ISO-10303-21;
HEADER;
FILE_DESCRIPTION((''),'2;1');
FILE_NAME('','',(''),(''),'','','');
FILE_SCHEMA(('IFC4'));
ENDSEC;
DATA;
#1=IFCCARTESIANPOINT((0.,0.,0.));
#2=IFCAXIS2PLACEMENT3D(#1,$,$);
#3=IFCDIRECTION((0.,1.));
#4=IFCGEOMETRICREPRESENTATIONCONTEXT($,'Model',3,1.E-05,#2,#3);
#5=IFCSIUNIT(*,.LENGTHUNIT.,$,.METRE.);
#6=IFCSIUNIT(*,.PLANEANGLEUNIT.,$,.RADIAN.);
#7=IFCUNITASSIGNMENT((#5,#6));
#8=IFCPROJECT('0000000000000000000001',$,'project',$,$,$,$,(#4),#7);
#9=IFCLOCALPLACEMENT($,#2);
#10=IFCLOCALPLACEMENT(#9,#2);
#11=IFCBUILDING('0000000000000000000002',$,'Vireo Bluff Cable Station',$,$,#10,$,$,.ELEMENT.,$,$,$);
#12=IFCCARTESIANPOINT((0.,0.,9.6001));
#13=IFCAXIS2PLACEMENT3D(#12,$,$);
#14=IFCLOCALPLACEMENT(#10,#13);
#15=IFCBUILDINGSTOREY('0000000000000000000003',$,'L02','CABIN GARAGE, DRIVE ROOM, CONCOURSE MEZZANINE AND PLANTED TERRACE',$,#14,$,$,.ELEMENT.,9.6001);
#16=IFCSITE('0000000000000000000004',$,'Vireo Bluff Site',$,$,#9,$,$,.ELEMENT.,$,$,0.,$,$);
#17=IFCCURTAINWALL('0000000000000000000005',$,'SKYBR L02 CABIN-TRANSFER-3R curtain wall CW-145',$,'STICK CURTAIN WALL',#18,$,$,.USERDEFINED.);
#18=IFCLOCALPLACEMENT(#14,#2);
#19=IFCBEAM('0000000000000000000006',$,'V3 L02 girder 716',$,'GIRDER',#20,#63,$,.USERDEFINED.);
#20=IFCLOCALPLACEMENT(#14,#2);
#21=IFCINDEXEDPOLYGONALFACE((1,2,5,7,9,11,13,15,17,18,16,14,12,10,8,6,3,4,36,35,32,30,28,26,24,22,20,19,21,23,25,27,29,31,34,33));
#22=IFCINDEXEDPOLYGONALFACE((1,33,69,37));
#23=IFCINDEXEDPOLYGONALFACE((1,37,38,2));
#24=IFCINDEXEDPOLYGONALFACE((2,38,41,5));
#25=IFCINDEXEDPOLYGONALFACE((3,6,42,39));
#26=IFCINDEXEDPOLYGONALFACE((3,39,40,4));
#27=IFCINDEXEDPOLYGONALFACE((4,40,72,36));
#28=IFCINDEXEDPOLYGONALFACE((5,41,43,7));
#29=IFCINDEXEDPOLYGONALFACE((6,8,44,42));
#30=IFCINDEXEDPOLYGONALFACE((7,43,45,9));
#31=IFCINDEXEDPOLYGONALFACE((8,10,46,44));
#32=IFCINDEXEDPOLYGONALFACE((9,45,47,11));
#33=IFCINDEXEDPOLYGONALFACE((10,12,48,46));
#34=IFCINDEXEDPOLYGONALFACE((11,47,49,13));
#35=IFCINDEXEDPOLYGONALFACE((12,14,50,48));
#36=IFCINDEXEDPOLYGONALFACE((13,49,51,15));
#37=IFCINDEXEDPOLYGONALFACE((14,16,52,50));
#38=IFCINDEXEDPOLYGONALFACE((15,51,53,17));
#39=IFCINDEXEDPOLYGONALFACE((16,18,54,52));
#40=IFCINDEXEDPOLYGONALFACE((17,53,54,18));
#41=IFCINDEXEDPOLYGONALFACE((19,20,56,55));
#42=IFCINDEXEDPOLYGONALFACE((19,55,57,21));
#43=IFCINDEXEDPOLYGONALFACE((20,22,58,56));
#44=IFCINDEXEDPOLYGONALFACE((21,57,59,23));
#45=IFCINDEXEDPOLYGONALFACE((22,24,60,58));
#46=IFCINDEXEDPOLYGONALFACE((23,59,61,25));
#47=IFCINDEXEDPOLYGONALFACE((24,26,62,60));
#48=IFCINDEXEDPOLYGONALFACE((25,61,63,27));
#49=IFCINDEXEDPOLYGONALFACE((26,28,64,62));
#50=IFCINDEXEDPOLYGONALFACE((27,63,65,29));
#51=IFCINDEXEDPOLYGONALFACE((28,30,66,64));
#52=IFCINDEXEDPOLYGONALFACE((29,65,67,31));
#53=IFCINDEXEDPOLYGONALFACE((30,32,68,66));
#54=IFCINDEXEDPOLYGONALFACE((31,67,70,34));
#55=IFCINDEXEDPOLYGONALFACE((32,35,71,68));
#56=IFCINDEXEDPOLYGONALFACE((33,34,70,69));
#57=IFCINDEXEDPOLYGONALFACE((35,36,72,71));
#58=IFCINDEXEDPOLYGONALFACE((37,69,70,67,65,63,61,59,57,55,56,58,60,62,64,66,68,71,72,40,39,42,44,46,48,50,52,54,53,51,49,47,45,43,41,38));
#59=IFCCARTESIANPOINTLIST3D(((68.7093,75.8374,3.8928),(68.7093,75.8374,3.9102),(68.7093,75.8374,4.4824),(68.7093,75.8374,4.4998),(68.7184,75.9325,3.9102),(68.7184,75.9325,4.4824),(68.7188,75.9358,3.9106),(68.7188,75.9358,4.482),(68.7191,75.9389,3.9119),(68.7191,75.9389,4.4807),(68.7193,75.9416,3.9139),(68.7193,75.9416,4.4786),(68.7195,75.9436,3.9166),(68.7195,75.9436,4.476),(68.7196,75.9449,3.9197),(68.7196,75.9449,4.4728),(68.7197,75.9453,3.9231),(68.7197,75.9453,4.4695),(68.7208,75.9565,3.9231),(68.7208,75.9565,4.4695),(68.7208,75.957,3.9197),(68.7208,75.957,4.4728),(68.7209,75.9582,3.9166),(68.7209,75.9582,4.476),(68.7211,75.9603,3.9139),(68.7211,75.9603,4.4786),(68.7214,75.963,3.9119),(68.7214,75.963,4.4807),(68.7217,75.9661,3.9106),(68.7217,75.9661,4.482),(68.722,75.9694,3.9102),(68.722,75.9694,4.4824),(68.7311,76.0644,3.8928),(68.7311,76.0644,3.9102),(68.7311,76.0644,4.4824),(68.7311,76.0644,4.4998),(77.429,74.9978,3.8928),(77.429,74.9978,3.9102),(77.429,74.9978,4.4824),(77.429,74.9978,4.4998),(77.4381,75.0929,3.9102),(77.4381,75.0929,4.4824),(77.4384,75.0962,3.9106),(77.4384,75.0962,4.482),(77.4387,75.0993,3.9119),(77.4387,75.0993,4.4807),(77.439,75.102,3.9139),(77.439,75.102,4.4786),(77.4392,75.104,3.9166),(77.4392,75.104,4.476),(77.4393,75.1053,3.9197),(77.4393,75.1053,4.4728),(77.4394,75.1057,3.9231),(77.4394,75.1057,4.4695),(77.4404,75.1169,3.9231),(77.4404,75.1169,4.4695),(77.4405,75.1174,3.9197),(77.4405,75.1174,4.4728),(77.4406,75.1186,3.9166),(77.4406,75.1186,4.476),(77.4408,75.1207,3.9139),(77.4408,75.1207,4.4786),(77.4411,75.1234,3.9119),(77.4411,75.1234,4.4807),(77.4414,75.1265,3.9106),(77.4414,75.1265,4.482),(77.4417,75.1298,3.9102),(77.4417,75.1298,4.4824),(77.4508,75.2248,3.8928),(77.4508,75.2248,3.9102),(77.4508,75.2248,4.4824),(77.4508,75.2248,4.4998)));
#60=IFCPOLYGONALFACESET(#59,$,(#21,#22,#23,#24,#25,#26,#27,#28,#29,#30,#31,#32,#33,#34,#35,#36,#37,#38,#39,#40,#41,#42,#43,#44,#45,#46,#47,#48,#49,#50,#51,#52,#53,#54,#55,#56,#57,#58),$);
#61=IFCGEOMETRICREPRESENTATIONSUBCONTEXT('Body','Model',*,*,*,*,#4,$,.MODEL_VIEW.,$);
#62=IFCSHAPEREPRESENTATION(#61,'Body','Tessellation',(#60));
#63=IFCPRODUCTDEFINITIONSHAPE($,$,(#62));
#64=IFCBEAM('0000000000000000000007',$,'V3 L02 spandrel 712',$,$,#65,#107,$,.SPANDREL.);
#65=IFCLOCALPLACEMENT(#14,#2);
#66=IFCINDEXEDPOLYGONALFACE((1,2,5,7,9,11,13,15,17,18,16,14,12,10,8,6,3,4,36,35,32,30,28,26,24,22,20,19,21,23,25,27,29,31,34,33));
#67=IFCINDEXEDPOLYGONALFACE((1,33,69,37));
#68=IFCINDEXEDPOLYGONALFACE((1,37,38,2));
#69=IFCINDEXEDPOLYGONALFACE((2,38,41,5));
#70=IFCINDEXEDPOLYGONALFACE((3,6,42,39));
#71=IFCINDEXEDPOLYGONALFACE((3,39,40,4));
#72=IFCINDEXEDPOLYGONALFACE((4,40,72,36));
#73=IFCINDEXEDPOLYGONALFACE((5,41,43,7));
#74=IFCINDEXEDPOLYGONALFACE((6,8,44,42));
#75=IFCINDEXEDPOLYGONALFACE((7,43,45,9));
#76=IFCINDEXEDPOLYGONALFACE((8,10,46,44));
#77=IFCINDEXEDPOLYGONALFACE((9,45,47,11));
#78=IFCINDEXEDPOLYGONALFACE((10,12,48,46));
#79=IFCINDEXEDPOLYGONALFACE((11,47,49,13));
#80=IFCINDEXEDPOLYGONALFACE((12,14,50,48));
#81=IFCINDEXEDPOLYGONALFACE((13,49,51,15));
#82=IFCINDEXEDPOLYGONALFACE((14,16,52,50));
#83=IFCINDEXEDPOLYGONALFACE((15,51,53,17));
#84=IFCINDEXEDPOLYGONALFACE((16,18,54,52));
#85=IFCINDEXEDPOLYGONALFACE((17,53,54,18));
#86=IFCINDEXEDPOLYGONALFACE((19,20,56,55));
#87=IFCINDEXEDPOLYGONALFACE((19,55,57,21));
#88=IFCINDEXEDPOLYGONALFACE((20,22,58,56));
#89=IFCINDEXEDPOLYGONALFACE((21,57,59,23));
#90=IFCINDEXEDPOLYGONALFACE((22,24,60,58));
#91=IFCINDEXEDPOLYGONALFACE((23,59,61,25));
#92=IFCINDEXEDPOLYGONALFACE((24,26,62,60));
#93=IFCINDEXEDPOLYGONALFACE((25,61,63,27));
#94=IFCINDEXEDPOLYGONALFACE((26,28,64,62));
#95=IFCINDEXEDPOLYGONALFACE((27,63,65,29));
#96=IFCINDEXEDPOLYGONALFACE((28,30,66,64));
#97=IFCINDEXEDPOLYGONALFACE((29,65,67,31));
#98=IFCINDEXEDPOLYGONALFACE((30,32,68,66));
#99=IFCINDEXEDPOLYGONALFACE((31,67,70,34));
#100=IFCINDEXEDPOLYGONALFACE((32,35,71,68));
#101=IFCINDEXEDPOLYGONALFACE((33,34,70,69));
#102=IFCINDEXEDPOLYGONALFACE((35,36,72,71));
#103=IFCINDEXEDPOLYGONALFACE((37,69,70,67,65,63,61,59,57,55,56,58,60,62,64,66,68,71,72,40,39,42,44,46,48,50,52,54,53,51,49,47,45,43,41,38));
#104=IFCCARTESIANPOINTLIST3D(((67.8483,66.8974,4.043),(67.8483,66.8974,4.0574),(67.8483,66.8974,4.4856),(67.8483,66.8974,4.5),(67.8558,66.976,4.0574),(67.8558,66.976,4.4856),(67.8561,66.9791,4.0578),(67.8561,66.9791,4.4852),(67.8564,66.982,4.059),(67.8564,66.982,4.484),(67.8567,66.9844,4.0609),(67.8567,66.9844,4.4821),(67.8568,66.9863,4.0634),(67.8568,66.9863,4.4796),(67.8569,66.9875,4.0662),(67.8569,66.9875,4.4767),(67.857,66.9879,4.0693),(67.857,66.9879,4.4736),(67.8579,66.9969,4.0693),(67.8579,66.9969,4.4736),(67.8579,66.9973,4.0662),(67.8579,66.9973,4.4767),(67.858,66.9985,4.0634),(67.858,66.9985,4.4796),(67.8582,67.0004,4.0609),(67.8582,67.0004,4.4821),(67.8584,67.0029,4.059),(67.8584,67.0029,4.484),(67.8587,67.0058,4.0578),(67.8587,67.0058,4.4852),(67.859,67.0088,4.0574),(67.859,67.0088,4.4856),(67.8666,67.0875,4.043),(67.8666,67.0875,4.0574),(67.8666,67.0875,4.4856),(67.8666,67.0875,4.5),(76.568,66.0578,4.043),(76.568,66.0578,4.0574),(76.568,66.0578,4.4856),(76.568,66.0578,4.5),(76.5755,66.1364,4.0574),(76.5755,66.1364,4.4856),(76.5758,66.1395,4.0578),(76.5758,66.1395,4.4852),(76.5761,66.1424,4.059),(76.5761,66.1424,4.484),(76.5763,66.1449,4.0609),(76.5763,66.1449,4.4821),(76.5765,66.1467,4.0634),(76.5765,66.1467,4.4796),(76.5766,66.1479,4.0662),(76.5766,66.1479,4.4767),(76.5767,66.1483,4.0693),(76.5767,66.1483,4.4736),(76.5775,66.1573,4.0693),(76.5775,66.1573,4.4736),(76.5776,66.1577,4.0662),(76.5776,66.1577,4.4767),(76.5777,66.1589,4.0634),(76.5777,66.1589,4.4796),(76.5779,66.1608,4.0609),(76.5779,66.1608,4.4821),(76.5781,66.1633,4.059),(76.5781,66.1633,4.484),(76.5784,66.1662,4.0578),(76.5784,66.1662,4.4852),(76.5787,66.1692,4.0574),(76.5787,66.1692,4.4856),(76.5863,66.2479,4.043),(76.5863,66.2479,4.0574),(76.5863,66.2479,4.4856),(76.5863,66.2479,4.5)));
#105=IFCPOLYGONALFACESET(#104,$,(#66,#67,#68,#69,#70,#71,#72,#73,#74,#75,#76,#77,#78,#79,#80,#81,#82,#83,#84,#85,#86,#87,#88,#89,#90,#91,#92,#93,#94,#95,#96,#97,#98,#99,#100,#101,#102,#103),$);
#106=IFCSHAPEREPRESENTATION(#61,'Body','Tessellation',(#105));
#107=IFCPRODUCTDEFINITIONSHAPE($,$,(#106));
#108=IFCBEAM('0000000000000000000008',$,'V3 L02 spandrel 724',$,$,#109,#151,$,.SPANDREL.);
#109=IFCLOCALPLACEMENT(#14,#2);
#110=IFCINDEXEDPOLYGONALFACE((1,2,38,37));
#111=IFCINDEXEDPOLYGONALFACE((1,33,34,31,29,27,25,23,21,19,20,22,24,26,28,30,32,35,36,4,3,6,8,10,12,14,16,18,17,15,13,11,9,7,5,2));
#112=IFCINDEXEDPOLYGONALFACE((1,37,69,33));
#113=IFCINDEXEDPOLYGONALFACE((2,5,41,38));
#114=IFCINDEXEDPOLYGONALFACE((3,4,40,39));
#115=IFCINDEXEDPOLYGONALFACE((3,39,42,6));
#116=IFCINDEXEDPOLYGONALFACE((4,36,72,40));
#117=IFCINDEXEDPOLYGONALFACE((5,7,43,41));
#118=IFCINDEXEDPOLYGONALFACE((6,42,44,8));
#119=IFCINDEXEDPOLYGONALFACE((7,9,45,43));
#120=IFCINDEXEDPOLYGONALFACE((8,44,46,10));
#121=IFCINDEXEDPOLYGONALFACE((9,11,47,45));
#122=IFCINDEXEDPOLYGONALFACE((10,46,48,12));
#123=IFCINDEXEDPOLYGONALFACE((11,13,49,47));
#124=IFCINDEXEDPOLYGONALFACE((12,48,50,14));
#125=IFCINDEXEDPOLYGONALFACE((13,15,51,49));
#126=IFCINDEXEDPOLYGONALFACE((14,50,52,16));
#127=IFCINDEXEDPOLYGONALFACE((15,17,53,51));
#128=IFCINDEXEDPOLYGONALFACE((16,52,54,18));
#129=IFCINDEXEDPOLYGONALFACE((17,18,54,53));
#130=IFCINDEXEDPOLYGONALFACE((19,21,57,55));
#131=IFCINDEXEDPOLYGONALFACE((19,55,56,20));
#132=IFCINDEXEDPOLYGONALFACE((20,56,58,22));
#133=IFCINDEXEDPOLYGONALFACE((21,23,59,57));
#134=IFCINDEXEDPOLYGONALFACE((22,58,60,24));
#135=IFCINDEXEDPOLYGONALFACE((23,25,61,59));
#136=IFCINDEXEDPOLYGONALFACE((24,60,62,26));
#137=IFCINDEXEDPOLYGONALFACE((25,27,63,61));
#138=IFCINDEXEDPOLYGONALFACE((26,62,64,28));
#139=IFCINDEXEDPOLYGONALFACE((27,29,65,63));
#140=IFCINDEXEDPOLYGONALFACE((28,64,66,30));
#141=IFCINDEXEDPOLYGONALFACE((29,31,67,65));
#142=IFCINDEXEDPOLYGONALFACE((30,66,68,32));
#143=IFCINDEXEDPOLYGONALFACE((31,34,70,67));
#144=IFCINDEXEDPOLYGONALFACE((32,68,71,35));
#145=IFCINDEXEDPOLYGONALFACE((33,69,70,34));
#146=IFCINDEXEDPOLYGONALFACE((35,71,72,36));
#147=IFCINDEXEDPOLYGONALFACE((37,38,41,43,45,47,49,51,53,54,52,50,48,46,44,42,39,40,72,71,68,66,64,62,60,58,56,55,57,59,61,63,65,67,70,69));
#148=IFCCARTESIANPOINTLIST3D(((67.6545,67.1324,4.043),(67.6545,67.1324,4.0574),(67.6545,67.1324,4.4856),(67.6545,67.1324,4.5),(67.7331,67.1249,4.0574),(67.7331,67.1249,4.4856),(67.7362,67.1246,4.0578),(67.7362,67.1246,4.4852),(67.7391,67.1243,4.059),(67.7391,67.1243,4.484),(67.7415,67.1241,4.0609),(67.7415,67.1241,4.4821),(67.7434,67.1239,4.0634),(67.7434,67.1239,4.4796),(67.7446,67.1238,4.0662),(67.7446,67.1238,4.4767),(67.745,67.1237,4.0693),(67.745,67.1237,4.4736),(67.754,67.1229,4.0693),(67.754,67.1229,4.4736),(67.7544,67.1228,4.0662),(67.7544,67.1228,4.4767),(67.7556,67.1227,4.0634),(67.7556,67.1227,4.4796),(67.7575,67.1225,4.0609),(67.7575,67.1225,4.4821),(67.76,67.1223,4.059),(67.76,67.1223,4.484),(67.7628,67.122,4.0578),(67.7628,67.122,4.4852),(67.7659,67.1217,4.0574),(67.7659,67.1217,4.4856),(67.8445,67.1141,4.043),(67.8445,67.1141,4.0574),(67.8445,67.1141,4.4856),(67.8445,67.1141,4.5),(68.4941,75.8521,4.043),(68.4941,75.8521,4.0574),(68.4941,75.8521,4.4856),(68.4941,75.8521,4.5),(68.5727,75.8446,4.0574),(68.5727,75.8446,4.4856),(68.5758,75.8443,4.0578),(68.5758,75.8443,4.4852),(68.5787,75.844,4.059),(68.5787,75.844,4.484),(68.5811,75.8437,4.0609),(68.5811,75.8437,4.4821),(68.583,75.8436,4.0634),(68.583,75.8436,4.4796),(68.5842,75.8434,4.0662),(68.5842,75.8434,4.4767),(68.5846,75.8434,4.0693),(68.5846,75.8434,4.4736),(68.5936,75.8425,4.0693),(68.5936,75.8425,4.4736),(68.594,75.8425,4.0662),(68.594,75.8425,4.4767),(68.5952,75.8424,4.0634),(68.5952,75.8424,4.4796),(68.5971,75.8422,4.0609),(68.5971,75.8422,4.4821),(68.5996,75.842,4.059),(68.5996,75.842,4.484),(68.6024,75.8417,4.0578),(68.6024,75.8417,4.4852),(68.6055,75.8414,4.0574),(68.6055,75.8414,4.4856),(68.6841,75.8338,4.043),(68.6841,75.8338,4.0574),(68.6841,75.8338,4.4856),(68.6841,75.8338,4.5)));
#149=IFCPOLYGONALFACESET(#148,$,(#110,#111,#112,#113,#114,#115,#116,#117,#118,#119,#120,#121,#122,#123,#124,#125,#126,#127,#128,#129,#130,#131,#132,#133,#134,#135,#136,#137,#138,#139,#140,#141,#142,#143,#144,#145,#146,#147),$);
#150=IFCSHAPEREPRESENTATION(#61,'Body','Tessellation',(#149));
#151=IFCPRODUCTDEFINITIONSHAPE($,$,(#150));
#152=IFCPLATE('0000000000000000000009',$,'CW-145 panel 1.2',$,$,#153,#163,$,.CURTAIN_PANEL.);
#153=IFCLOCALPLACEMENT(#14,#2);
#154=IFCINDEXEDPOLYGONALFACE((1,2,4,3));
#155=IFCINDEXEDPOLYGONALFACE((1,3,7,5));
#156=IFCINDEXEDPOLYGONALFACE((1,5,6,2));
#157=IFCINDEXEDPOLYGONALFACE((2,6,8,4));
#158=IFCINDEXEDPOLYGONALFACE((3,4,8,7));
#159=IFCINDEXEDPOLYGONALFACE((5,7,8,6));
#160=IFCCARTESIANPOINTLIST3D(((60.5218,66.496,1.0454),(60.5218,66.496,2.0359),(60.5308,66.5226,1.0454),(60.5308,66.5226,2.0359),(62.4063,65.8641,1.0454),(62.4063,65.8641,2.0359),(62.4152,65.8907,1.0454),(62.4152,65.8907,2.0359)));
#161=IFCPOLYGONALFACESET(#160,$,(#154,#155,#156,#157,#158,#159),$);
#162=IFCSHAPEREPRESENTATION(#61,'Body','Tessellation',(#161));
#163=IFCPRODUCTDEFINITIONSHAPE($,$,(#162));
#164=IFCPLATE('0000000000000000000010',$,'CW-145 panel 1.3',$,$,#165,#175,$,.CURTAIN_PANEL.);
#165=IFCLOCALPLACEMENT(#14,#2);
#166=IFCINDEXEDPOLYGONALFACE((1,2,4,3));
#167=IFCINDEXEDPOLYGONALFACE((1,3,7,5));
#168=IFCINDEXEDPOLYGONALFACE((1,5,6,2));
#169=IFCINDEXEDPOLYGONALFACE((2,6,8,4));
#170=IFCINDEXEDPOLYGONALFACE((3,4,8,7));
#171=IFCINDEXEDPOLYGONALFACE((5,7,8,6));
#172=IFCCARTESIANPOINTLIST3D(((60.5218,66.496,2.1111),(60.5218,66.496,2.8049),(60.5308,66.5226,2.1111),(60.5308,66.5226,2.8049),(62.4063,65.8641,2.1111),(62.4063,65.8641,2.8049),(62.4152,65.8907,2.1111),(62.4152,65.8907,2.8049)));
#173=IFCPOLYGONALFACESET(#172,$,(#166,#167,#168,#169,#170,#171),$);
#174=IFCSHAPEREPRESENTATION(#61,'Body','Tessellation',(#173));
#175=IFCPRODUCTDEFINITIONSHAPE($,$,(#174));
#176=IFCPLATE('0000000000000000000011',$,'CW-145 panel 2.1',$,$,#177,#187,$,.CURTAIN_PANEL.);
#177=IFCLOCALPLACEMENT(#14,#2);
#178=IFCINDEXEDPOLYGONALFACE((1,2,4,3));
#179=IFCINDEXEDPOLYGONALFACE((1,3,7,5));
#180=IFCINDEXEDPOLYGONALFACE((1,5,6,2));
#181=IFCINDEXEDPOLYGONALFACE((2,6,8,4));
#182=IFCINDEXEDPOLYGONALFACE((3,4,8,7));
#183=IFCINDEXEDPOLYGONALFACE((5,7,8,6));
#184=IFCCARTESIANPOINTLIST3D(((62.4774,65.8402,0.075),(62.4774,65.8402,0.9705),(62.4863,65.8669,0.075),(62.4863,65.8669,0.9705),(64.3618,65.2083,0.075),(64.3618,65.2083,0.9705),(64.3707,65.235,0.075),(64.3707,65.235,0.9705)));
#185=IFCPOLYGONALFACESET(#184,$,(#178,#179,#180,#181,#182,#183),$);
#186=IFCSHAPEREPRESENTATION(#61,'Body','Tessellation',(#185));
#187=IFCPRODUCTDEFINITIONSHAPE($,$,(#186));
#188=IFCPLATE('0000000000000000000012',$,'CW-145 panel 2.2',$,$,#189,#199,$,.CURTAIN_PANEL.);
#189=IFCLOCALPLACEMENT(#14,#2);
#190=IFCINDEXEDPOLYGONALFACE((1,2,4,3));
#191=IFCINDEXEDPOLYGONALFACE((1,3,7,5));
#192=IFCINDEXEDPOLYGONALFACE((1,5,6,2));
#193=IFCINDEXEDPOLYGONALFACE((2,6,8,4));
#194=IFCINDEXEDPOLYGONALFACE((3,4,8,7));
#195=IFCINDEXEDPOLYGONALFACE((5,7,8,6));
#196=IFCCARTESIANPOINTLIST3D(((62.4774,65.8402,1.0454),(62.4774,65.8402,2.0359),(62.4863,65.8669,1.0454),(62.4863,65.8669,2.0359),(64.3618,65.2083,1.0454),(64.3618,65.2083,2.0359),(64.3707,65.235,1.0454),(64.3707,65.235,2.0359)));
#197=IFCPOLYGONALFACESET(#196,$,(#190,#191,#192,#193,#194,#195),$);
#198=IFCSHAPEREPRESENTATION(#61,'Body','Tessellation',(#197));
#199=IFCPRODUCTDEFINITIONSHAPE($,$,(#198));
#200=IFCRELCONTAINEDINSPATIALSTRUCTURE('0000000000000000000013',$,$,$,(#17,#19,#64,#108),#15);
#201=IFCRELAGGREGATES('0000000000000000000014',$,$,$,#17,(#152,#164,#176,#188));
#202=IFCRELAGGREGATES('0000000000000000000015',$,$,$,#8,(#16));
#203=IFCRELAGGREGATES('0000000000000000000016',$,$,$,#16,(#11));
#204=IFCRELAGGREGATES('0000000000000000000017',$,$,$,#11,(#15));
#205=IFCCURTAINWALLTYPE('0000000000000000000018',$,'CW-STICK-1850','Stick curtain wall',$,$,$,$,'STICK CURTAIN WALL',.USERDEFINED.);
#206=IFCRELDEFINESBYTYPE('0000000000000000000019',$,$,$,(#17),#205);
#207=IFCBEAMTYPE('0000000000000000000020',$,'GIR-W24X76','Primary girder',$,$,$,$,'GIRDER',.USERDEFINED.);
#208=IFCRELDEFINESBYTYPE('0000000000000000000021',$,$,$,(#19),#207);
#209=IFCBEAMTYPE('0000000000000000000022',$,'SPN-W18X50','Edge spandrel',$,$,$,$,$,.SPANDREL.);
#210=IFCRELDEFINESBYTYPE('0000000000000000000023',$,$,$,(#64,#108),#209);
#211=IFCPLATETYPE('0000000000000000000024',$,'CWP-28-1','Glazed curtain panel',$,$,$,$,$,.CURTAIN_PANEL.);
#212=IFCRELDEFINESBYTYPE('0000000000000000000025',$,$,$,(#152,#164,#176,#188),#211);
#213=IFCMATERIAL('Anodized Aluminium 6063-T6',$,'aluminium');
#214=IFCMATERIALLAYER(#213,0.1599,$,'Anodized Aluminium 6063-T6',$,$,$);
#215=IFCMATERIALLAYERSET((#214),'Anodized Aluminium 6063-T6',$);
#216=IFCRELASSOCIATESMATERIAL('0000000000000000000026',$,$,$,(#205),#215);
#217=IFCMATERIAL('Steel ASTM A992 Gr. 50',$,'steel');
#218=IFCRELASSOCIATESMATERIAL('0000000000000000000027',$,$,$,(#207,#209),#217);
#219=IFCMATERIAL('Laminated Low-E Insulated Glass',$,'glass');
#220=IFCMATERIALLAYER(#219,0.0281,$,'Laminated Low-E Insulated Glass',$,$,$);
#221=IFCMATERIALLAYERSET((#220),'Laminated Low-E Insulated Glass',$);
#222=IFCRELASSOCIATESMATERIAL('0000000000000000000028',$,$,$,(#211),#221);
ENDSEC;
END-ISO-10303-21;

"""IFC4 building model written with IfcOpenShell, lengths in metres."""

from ifc_helpers import new_model, si_unit, direction, frame, origin, origin_2d, place, context, subcontext, project, spatial, rectangle, i_section, extrude, material, layer, layer_set, material_profile, profile_set, type_object, element, aggregate, save


model = new_model("IFC4")

# Units and contexts
model_context = context("Model", 3, precision=1e-05, world=origin(), true_north=direction((0.0, 1.0)))
body_context = subcontext(model_context, "Body", "Model", "MODEL_VIEW")
ifc_project = project(units=[si_unit("LENGTHUNIT", "METRE"), si_unit("PLANEANGLEUNIT", "RADIAN")], contexts=[model_context])

# Site, building, storey
site_placement = place(None, origin())
site = spatial("IfcSite", under=ifc_project, at=site_placement, Name="Vireo Bluff Site", CompositionType="ELEMENT", RefElevation=0.0)
building_placement = place(site_placement, origin())
building = spatial("IfcBuilding", under=site, at=building_placement, Name="Vireo Bluff Cable Station", CompositionType="ELEMENT")
storey_placement = place(building_placement, frame((0.0, 0.0, 9.6001)))
storey = spatial("IfcBuildingStorey", under=building, at=storey_placement, Name="L02", Description="CABIN GARAGE, DRIVE ROOM, CONCOURSE MEZZANINE AND PLANTED TERRACE", CompositionType="ELEMENT", Elevation=9.6001)

# Shared definitions
ifc_material_1 = material(Name="Steel ASTM A992 Gr. 50", Category="steel")

# Curtain wall
ifc_material_2 = material(Name="Anodized Aluminium 6063-T6", Category="aluminium")
ifc_layer_1 = layer(ifc_material_2, 0.1599, Name="Anodized Aluminium 6063-T6")
ifc_layer_set_1 = layer_set([ifc_layer_1], Name="Anodized Aluminium 6063-T6")
curtain_wall_type = type_object("IfcCurtainWallType", Name="CW-STICK-1850", Description="Stick curtain wall", ElementType="STICK CURTAIN WALL", PredefinedType="USERDEFINED", material=ifc_layer_set_1)
curtain_wall_placement = place(storey_placement, origin())
curtain_wall = element("IfcCurtainWall", 1, at=curtain_wall_placement, inside=storey, type_object=curtain_wall_type, Name="SKYBR L02 CABIN-TRANSFER-3R curtain wall CW-145", ObjectType="STICK CURTAIN WALL", PredefinedType="USERDEFINED")

# Beams
ifc_material_profile_1 = material_profile(ifc_material_1, i_section(OverallWidth=0.228, OverallDepth=0.6069, WebThickness=0.0112, FlangeThickness=0.0173, FilletRadius=0.0129, at=origin_2d()), Name="W24X76")
ifc_profile_set_1 = profile_set([ifc_material_profile_1], Name="Steel ASTM A992 Gr. 50")
beam_type_1 = type_object("IfcBeamType", Name="GIR-W24X76", Description="Primary girder", ElementType="GIRDER", PredefinedType="USERDEFINED", material=ifc_profile_set_1)
beam_placement = place(storey_placement, frame((68.7202, 75.9509, 4.1963), z_axis=(0.995396, -0.095844, 0.0), x_axis=(0.095844, 0.995396, 0.0)))
element("IfcBeam", 2, at=beam_placement, inside=storey, type_object=beam_type_1, Name="V3 L02 girder 716", ObjectType="GIRDER", PredefinedType="USERDEFINED", context=body_context, shape_type="SweptSolid", body=[
    extrude(i_section(OverallWidth=0.228, OverallDepth=0.6069, WebThickness=0.0112, FlangeThickness=0.0173, FilletRadius=0.0129, at=origin_2d()), origin(), (0.0, 0.0, 1.0), 8.76),
])
ifc_material_profile_2 = material_profile(ifc_material_1, i_section(OverallWidth=0.1909, OverallDepth=0.457, WebThickness=0.009, FlangeThickness=0.0144, FilletRadius=0.012, at=origin_2d()), Name="W18X50")
ifc_profile_set_2 = profile_set([ifc_material_profile_2], Name="Steel ASTM A992 Gr. 50")
beam_type_2 = type_object("IfcBeamType", Name="SPN-W18X50", Description="Edge spandrel", PredefinedType="SPANDREL", material=ifc_profile_set_2)
for number, where, z_axis, x_axis, name in (
    (3, (67.8574, 66.9924, 4.2715), (0.995396, -0.095844, 0.0), (0.095844, 0.995396, 0.0), "V3 L02 spandrel 712"),
    (4, (67.7495, 67.1233, 4.2715), (0.095844, 0.995396, 0.0), (-0.995396, 0.095844, 0.0), "V3 L02 spandrel 724"),
):
    element("IfcBeam", number, at=place(storey_placement, frame(where, z_axis=z_axis, x_axis=x_axis)), inside=storey, type_object=beam_type_2, Name=name, PredefinedType="SPANDREL", context=body_context, shape_type="SweptSolid", body=[
        extrude(i_section(OverallWidth=0.1909, OverallDepth=0.457, WebThickness=0.009, FlangeThickness=0.0144, FilletRadius=0.012, at=origin_2d()), origin(), (0.0, 0.0, 1.0), 8.76),
    ])

# Plates
ifc_material_3 = material(Name="Laminated Low-E Insulated Glass", Category="glass")
ifc_layer_2 = layer(ifc_material_3, 0.0281, Name="Laminated Low-E Insulated Glass")
ifc_layer_set_2 = layer_set([ifc_layer_2], Name="Laminated Low-E Insulated Glass")
plate_type_1 = type_object("IfcPlateType", Name="CWP-28-1", Description="Glazed curtain panel", PredefinedType="CURTAIN_PANEL", material=ifc_layer_set_2)
plate_1_placement = place(storey_placement, frame((61.4685, 66.1934, 1.0454), z_axis=(0.0, 0.0, 1.0), x_axis=(0.948113, -0.317934, 0.0)))
plate_1 = element("IfcPlate", 5, at=plate_1_placement, type_object=plate_type_1, Name="CW-145 panel 1.2", PredefinedType="CURTAIN_PANEL", context=body_context, shape_type="SweptSolid", body=[
    extrude(rectangle(XDim=1.9875, YDim=0.0281, at=origin_2d()), origin(), (0.0, 0.0, 1.0), 0.9905),
])
plate_2_placement = place(storey_placement, frame((61.4685, 66.1934, 2.1111), z_axis=(0.0, 0.0, 1.0), x_axis=(0.948113, -0.317934, 0.0)))
plate_2 = element("IfcPlate", 6, at=plate_2_placement, type_object=plate_type_1, Name="CW-145 panel 1.3", PredefinedType="CURTAIN_PANEL", context=body_context, shape_type="SweptSolid", body=[
    extrude(rectangle(XDim=1.9875, YDim=0.0281, at=origin_2d()), origin(), (0.0, 0.0, 1.0), 0.6938),
])
plate_3_placement = place(storey_placement, frame((63.4241, 65.5376, 0.075), z_axis=(0.0, 0.0, 1.0), x_axis=(0.948113, -0.317934, 0.0)))
plate_3 = element("IfcPlate", 7, at=plate_3_placement, type_object=plate_type_1, Name="CW-145 panel 2.1", PredefinedType="CURTAIN_PANEL", context=body_context, shape_type="SweptSolid", body=[
    extrude(rectangle(XDim=1.9875, YDim=0.0281, at=origin_2d()), origin(), (0.0, 0.0, 1.0), 0.8955),
])
plate_4_placement = place(storey_placement, frame((63.4241, 65.5376, 1.0454), z_axis=(0.0, 0.0, 1.0), x_axis=(0.948113, -0.317934, 0.0)))
plate_4 = element("IfcPlate", 8, at=plate_4_placement, type_object=plate_type_1, Name="CW-145 panel 2.2", PredefinedType="CURTAIN_PANEL", context=body_context, shape_type="SweptSolid", body=[
    extrude(rectangle(XDim=1.9875, YDim=0.0281, at=origin_2d()), origin(), (0.0, 0.0, 1.0), 0.9905),
])
aggregate(curtain_wall, [plate_1, plate_2, plate_3, plate_4])

save(model, "model.ifc")
